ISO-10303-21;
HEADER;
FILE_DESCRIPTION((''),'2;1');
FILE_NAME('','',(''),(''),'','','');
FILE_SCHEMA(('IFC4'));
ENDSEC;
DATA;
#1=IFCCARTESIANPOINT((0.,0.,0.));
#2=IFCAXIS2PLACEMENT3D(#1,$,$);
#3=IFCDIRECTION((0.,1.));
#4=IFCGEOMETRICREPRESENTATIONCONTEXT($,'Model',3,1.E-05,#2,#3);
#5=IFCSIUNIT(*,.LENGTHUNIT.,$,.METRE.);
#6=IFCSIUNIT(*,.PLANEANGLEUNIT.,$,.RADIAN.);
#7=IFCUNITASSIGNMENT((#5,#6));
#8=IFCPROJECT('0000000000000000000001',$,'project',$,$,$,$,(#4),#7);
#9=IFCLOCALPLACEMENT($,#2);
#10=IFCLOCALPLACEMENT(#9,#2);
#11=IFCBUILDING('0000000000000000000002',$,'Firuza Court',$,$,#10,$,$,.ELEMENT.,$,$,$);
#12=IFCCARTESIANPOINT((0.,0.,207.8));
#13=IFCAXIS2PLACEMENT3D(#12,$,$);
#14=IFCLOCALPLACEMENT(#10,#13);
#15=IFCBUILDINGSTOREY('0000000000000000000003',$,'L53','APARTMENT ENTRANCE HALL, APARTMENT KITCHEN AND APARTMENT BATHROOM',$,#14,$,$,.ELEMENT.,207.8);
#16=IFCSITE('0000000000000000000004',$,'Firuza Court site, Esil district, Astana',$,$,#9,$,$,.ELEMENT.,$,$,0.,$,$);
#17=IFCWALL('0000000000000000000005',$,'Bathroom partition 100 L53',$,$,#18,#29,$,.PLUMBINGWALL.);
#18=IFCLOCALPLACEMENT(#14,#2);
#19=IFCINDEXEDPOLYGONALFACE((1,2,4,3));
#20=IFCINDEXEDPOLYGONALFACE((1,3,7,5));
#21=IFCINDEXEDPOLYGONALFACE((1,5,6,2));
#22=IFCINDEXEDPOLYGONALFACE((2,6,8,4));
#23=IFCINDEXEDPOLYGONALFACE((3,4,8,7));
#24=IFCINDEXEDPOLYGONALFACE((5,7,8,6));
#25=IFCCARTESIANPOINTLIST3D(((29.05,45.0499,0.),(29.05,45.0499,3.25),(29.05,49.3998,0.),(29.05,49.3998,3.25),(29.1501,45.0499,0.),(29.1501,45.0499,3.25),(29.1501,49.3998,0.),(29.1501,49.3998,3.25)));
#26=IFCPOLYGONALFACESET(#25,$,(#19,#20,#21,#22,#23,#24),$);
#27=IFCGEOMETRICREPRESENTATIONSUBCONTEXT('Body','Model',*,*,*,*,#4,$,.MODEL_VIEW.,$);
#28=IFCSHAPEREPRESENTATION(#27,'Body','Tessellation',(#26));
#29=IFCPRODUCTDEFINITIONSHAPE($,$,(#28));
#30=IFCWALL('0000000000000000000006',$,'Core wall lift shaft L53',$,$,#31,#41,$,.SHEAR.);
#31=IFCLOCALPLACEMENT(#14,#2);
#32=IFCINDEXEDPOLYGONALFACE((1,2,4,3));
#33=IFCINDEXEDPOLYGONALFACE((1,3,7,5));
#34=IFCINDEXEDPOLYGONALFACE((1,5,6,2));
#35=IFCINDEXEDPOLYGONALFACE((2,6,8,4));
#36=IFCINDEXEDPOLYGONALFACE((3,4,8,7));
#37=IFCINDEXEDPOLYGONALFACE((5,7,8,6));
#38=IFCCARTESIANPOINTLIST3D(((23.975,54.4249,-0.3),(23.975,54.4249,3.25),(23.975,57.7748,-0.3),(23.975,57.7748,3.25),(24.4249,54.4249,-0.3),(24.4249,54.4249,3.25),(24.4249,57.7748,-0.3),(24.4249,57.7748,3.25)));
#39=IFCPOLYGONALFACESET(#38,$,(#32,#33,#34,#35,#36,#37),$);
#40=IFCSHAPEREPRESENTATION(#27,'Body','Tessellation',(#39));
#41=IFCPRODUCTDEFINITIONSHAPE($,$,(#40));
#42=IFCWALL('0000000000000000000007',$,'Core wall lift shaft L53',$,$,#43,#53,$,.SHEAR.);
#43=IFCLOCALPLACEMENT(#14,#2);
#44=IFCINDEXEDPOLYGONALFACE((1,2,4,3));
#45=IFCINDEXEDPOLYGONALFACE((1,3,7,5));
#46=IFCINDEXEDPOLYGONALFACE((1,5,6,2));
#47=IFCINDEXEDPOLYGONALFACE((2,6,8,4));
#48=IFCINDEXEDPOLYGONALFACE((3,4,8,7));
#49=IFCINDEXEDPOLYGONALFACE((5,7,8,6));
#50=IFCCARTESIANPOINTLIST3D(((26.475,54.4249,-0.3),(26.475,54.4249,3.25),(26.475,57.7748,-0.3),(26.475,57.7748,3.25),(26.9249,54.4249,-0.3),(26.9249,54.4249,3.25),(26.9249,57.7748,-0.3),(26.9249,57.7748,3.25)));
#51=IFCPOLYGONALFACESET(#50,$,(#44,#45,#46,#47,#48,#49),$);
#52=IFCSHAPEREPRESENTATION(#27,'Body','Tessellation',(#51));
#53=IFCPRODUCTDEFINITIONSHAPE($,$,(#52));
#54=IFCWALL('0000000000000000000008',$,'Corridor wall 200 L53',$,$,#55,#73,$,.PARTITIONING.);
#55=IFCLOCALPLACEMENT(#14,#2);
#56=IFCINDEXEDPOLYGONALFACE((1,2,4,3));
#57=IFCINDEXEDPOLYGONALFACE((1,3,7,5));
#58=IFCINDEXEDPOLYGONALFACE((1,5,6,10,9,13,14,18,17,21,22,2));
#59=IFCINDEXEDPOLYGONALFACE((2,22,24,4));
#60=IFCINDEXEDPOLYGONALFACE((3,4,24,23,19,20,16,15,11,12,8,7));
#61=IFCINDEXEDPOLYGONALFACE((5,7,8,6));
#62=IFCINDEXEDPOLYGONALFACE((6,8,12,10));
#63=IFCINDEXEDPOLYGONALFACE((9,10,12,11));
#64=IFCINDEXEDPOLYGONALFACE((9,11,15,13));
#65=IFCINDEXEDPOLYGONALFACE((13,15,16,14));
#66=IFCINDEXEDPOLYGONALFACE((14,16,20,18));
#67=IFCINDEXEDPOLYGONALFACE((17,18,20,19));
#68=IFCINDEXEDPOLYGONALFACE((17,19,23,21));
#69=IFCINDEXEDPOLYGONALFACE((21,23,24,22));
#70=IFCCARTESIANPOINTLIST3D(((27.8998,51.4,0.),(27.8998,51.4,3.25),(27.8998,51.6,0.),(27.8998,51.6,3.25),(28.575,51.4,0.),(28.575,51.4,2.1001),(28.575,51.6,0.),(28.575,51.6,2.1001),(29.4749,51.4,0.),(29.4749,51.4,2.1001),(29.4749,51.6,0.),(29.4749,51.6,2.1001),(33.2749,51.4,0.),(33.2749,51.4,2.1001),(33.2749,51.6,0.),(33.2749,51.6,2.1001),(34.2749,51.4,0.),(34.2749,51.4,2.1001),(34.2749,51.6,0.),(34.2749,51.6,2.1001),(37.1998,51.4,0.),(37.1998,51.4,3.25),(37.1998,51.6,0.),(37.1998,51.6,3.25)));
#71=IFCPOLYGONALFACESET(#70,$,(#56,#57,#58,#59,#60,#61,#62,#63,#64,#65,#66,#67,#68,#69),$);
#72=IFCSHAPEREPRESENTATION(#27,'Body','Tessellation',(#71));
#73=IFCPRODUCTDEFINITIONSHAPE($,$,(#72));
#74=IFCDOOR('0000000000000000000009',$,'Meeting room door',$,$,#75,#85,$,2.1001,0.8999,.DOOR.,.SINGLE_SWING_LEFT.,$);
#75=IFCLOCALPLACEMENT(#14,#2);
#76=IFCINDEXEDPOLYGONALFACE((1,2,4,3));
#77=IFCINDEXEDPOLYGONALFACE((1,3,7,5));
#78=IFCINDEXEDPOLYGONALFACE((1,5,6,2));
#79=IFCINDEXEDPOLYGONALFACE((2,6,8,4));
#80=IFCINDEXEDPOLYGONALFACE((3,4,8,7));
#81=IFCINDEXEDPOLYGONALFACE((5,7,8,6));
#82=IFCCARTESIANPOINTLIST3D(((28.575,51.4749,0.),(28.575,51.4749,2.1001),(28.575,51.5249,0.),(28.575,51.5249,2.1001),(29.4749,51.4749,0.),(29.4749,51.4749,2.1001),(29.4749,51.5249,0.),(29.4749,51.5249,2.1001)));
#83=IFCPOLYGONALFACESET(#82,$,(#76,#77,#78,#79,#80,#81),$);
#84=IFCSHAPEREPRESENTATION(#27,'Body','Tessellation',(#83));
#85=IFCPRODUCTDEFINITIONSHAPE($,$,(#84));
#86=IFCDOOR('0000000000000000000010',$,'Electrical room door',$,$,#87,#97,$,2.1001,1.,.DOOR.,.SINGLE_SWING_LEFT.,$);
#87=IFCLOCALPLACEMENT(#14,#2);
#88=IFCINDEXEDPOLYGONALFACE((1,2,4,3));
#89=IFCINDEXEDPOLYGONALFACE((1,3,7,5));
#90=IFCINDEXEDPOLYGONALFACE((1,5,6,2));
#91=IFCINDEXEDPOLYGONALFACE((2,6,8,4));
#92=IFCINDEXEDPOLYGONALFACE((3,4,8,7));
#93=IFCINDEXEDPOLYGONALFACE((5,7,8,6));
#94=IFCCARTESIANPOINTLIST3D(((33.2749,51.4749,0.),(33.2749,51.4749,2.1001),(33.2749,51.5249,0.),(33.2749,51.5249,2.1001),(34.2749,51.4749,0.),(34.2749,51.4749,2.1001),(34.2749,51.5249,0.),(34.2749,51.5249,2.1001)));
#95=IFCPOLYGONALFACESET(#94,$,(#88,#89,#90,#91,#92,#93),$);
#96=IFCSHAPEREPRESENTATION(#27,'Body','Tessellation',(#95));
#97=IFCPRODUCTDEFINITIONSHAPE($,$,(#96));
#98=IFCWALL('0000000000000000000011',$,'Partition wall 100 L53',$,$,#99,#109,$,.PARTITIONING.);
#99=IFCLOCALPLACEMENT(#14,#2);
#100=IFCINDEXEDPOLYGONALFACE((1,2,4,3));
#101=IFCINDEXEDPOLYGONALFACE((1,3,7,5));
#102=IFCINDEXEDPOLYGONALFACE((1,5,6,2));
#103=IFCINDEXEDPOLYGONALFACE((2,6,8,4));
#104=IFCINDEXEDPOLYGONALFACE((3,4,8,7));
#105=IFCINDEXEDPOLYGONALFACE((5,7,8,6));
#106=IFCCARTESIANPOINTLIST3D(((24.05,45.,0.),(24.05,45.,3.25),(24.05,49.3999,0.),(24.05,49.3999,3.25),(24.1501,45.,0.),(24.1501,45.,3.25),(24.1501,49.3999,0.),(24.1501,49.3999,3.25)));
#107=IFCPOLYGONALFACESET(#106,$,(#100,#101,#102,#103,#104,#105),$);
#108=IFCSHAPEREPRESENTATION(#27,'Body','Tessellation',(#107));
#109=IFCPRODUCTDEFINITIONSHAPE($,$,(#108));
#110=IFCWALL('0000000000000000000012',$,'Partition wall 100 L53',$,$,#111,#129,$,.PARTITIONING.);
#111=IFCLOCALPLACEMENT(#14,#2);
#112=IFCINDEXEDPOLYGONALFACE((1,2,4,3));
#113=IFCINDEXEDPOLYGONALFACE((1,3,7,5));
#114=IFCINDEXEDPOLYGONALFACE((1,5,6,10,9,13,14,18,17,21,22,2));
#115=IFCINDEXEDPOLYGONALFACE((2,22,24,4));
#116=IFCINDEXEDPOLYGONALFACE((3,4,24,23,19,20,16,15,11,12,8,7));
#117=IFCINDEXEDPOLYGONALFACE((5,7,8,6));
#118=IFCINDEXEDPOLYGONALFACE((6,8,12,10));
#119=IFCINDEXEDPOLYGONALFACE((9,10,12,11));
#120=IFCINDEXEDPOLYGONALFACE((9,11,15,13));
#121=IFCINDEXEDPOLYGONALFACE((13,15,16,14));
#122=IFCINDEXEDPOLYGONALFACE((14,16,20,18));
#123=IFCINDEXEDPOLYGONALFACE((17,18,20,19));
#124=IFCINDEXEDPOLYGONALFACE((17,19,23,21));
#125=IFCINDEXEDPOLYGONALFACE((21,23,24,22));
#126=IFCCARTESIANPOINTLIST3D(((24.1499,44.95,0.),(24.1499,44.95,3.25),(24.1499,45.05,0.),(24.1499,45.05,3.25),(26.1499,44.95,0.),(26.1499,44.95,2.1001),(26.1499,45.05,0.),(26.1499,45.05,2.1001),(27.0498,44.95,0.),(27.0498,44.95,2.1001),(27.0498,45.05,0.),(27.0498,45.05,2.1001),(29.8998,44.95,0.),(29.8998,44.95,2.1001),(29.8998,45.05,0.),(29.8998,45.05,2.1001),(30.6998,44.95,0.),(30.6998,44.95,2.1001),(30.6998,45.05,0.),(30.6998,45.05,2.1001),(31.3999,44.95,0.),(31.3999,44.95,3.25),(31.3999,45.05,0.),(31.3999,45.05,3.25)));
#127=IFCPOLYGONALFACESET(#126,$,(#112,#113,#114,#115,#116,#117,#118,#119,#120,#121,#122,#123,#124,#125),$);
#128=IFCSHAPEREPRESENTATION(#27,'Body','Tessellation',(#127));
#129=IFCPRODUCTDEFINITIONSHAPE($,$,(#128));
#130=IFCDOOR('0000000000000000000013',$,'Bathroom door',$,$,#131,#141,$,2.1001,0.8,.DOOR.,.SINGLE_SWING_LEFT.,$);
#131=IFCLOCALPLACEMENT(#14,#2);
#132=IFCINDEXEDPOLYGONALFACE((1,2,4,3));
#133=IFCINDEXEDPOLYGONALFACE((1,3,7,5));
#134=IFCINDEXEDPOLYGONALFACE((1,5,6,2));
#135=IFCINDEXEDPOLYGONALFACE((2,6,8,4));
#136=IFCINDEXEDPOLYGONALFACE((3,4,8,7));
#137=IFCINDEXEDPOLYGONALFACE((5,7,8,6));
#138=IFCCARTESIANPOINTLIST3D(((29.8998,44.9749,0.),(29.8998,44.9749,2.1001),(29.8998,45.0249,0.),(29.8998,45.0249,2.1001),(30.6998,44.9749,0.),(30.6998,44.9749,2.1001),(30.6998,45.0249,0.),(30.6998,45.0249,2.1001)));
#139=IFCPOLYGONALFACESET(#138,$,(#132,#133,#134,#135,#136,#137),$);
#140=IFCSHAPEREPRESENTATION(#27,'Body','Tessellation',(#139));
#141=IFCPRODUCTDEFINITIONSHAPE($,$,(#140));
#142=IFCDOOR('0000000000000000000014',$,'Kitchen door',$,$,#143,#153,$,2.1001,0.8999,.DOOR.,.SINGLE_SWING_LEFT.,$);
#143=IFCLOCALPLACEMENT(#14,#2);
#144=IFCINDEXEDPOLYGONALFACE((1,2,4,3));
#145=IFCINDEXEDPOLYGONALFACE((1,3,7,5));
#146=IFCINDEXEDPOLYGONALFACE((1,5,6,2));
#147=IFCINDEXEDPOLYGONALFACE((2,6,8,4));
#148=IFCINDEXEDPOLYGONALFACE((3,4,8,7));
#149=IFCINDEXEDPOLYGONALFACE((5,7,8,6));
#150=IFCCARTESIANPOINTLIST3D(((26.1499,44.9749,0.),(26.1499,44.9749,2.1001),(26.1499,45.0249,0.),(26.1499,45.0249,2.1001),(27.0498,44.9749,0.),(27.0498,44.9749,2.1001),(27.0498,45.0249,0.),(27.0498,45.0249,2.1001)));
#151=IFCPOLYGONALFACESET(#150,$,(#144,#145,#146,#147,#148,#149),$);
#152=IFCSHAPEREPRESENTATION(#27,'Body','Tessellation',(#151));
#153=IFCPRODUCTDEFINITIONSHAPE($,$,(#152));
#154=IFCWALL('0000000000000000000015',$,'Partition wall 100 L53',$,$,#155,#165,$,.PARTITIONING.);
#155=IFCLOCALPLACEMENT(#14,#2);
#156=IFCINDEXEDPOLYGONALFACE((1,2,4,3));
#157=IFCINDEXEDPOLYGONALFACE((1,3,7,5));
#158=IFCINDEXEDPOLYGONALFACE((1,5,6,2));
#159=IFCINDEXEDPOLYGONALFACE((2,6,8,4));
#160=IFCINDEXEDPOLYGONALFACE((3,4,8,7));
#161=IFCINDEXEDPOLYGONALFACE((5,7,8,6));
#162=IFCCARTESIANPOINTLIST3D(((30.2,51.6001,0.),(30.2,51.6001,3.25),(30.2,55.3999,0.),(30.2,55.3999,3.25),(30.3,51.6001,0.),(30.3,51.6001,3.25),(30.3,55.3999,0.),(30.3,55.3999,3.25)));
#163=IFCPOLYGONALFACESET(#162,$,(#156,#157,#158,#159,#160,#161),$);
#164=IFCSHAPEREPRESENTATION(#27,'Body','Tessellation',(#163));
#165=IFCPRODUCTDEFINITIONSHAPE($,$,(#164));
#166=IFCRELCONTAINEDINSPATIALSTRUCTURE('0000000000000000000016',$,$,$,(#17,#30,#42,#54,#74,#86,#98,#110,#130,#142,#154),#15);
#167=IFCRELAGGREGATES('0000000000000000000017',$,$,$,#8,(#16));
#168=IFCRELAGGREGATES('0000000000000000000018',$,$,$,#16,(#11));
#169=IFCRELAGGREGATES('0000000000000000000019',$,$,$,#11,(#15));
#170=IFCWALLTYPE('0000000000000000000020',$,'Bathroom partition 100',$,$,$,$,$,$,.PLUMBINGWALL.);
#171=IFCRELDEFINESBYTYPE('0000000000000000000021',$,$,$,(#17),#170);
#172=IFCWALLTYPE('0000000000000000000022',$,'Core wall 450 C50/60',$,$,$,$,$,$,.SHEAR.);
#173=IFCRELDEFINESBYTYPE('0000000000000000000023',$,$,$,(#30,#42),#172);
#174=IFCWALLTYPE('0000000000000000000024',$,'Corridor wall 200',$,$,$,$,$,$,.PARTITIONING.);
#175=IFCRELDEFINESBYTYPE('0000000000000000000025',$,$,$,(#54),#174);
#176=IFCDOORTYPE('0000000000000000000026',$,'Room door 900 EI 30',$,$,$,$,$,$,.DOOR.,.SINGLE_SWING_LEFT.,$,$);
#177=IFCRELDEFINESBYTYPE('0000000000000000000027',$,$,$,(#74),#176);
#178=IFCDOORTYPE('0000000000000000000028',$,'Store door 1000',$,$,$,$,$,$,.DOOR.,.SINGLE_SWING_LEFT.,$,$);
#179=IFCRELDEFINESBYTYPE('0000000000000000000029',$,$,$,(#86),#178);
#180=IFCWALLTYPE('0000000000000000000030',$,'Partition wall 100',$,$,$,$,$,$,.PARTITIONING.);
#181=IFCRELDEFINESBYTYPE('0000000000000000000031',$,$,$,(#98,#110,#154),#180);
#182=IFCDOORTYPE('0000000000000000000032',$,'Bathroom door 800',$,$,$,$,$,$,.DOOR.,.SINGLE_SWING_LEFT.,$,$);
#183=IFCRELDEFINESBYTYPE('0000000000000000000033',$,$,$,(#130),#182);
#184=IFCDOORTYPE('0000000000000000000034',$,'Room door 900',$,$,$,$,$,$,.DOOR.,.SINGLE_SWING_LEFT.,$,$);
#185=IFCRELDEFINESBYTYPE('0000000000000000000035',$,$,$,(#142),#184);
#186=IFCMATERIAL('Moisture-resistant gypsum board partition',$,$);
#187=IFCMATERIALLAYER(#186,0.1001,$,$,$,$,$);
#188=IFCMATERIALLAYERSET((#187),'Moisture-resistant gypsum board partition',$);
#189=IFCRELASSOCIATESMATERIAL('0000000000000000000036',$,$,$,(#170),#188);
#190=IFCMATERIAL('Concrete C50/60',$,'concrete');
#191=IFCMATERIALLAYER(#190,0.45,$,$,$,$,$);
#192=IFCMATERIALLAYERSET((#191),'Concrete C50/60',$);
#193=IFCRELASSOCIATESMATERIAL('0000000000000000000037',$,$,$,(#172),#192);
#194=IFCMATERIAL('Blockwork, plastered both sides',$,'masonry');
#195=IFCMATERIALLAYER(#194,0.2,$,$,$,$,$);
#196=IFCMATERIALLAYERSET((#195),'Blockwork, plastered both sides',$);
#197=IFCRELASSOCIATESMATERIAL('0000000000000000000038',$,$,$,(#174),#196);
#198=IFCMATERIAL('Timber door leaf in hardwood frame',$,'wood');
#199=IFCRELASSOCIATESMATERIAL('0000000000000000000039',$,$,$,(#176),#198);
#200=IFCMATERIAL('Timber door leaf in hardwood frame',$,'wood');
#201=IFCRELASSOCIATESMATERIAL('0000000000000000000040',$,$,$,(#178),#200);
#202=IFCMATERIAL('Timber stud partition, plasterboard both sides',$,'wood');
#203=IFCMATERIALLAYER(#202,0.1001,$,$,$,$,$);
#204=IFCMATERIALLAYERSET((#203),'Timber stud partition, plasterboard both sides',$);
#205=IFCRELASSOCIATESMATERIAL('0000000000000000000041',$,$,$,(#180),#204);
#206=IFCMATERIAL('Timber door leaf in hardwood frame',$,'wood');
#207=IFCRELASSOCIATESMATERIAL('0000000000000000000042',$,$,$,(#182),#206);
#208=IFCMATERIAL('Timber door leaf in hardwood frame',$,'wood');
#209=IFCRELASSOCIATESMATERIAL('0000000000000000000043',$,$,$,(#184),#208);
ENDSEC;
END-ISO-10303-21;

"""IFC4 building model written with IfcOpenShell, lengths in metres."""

from ifc_helpers import new_model, si_unit, direction, frame, frame_2d, origin, place, context, subcontext, project, spatial, rectangle, extrude, material, layer, layer_set, type_object, element, fill, save


model = new_model("IFC4")

# Units and contexts
model_context = context("Model", 3, precision=1e-05, world=origin(), true_north=direction((0.0, 1.0)))
body_context = subcontext(model_context, "Body", "Model", "MODEL_VIEW")
ifc_project = project(units=[si_unit("LENGTHUNIT", "METRE"), si_unit("PLANEANGLEUNIT", "RADIAN")], contexts=[model_context])

# Site, building, storey
site_placement = place(None, origin())
site = spatial("IfcSite", under=ifc_project, at=site_placement, Name="Firuza Court site, Esil district, Astana", CompositionType="ELEMENT", RefElevation=0.0)
building_placement = place(site_placement, origin())
building = spatial("IfcBuilding", under=site, at=building_placement, Name="Firuza Court", CompositionType="ELEMENT")
storey_placement = place(building_placement, frame((0.0, 0.0, 207.8)))
storey = spatial("IfcBuildingStorey", under=building, at=storey_placement, Name="L53", Description="APARTMENT ENTRANCE HALL, APARTMENT KITCHEN AND APARTMENT BATHROOM", CompositionType="ELEMENT", Elevation=207.8)

# Walls
ifc_material_1 = material(Name="Moisture-resistant gypsum board partition")
ifc_layer_1 = layer(ifc_material_1, 0.1001)
ifc_layer_set_1 = layer_set([ifc_layer_1], Name="Moisture-resistant gypsum board partition")
wall_type_1 = type_object("IfcWallType", Name="Bathroom partition 100", PredefinedType="PLUMBINGWALL", material=ifc_layer_set_1)
wall_1_placement = place(storey_placement, frame((29.1001, 45.05, 0.0), z_axis=(0.0, 0.0, 1.0), x_axis=(0.0, 1.0, 0.0)))
element("IfcWall", 1, at=wall_1_placement, inside=storey, type_object=wall_type_1, Name="Bathroom partition 100 L53", PredefinedType="PLUMBINGWALL", context=body_context, shape_type="SweptSolid", body=[
    extrude(rectangle(XDim=4.3499, YDim=0.1001, at=frame_2d((2.1748, 0.0))), origin(), (0.0, 0.0, 1.0), 3.25),
])
ifc_material_2 = material(Name="Concrete C50/60", Category="concrete")
ifc_layer_2 = layer(ifc_material_2, 0.45)
ifc_layer_set_2 = layer_set([ifc_layer_2], Name="Concrete C50/60")
wall_type_2 = type_object("IfcWallType", Name="Core wall 450 C50/60", PredefinedType="SHEAR", material=ifc_layer_set_2)
for number, where, z_axis, x_axis, name in (
    (2, (24.2, 54.425, -0.3), (0.0, 0.0, 1.0), (0.0, 1.0, 0.0), "Core wall lift shaft L53"),
    (3, (26.7, 54.425, -0.3), (0.0, 0.0, 1.0), (0.0, 1.0, 0.0), "Core wall lift shaft L53"),
):
    element("IfcWall", number, at=place(storey_placement, frame(where, z_axis=z_axis, x_axis=x_axis)), inside=storey, type_object=wall_type_2, Name=name, PredefinedType="SHEAR", context=body_context, shape_type="SweptSolid", body=[
        extrude(rectangle(XDim=3.3499, YDim=0.45, at=frame_2d((1.6748, 0.0))), origin(), (0.0, 0.0, 1.0), 3.55),
    ])

# Wall, openings, doors
ifc_material_3 = material(Name="Blockwork, plastered both sides", Category="masonry")
ifc_layer_3 = layer(ifc_material_3, 0.2)
ifc_layer_set_3 = layer_set([ifc_layer_3], Name="Blockwork, plastered both sides")
wall_type_3 = type_object("IfcWallType", Name="Corridor wall 200", PredefinedType="PARTITIONING", material=ifc_layer_set_3)
wall_2_placement = place(storey_placement, frame((27.8999, 51.5, 0.0), z_axis=(0.0, 0.0, 1.0), x_axis=(1.0, 0.0, 0.0)))
wall_2 = element("IfcWall", 4, at=wall_2_placement, inside=storey, type_object=wall_type_3, Name="Corridor wall 200 L53", PredefinedType="PARTITIONING", context=body_context, shape_type="SweptSolid", body=[
    extrude(rectangle(XDim=9.3, YDim=0.2, at=frame_2d((4.6499, 0.0))), origin(), (0.0, 0.0, 1.0), 3.25),
])
opening_1_placement = place(wall_2_placement, frame((0.675, 0.0, 0.0)))
opening_1 = element("IfcOpeningElement", 5, at=opening_1_placement, cuts=wall_2, PredefinedType="OPENING", context=body_context, shape_type="SweptSolid", body=[
    extrude(rectangle(XDim=0.8999, YDim=2.1001, at=frame_2d((0.45, 1.05))), frame((0.0, 0.1118, 0.0), z_axis=(0.0, -1.0, 0.0), x_axis=(1.0, 0.0, 0.0)), (0.0, 0.0, 1.0), 0.2239),
])
opening_2_placement = place(wall_2_placement, frame((5.375, 0.0, 0.0)))
opening_2 = element("IfcOpeningElement", 6, at=opening_2_placement, cuts=wall_2, PredefinedType="OPENING", context=body_context, shape_type="SweptSolid", body=[
    extrude(rectangle(XDim=1.0, YDim=2.1001, at=frame_2d((0.5, 1.05))), frame((0.0, 0.1118, 0.0), z_axis=(0.0, -1.0, 0.0), x_axis=(1.0, 0.0, 0.0)), (0.0, 0.0, 1.0), 0.2239),
])
ifc_material_4 = material(Name="Timber door leaf in hardwood frame", Category="wood")
door_type_1 = type_object("IfcDoorType", Name="Room door 900 EI 30", OperationType="SINGLE_SWING_LEFT", PredefinedType="DOOR", material=ifc_material_4)
door_1_placement = place(opening_1_placement, origin())
door_1 = element("IfcDoor", 7, at=door_1_placement, inside=storey, type_object=door_type_1, Name="Meeting room door", OperationType="SINGLE_SWING_LEFT", OverallHeight=2.1001, OverallWidth=0.8999, PredefinedType="DOOR", context=body_context, shape_type="SweptSolid", body=[
    extrude(rectangle(XDim=0.8999, YDim=2.1001, at=frame_2d((0.45, 1.05))), frame((0.0, 0.0249, 0.0), z_axis=(0.0, -1.0, 0.0), x_axis=(1.0, 0.0, 0.0)), (0.0, 0.0, 1.0), 0.05),
])
fill(opening_1, door_1)
ifc_material_5 = material(Name="Timber door leaf in hardwood frame", Category="wood")
door_type_2 = type_object("IfcDoorType", Name="Store door 1000", OperationType="SINGLE_SWING_LEFT", PredefinedType="DOOR", material=ifc_material_5)
door_2_placement = place(opening_2_placement, origin())
door_2 = element("IfcDoor", 8, at=door_2_placement, inside=storey, type_object=door_type_2, Name="Electrical room door", OperationType="SINGLE_SWING_LEFT", OverallHeight=2.1001, OverallWidth=1.0, PredefinedType="DOOR", context=body_context, shape_type="SweptSolid", body=[
    extrude(rectangle(XDim=1.0, YDim=2.1001, at=frame_2d((0.5, 1.05))), frame((0.0, 0.0249, 0.0), z_axis=(0.0, -1.0, 0.0), x_axis=(1.0, 0.0, 0.0)), (0.0, 0.0, 1.0), 0.05),
])
fill(opening_2, door_2)

# Wall
ifc_material_6 = material(Name="Timber stud partition, plasterboard both sides", Category="wood")
ifc_layer_4 = layer(ifc_material_6, 0.1001)
ifc_layer_set_4 = layer_set([ifc_layer_4], Name="Timber stud partition, plasterboard both sides")
wall_type_4 = type_object("IfcWallType", Name="Partition wall 100", PredefinedType="PARTITIONING", material=ifc_layer_set_4)
wall_3_placement = place(storey_placement, frame((24.1001, 45.0, 0.0), z_axis=(0.0, 0.0, 1.0), x_axis=(0.0, 1.0, 0.0)))
element("IfcWall", 9, at=wall_3_placement, inside=storey, type_object=wall_type_4, Name="Partition wall 100 L53", PredefinedType="PARTITIONING", context=body_context, shape_type="SweptSolid", body=[
    extrude(rectangle(XDim=4.3999, YDim=0.1001, at=frame_2d((2.2, 0.0))), origin(), (0.0, 0.0, 1.0), 3.25),
])

# Wall, openings, doors
wall_4_placement = place(storey_placement, frame((24.1499, 45.0, 0.0), z_axis=(0.0, 0.0, 1.0), x_axis=(1.0, 0.0, 0.0)))
wall_4 = element("IfcWall", 10, at=wall_4_placement, inside=storey, type_object=wall_type_4, Name="Partition wall 100 L53", PredefinedType="PARTITIONING", context=body_context, shape_type="SweptSolid", body=[
    extrude(rectangle(XDim=7.25, YDim=0.1001, at=frame_2d((3.625, 0.0))), origin(), (0.0, 0.0, 1.0), 3.25),
])
opening_3_placement = place(wall_4_placement, frame((5.75, 0.0, 0.0)))
opening_3 = element("IfcOpeningElement", 11, at=opening_3_placement, cuts=wall_4, PredefinedType="OPENING", context=body_context, shape_type="SweptSolid", body=[
    extrude(rectangle(XDim=0.8, YDim=2.1001, at=frame_2d((0.3999, 1.05))), frame((0.0, 0.062, 0.0), z_axis=(0.0, -1.0, 0.0), x_axis=(1.0, 0.0, 0.0)), (0.0, 0.0, 1.0), 0.124),
])
opening_4_placement = place(wall_4_placement, frame((2.0, 0.0, 0.0)))
opening_4 = element("IfcOpeningElement", 12, at=opening_4_placement, cuts=wall_4, PredefinedType="OPENING", context=body_context, shape_type="SweptSolid", body=[
    extrude(rectangle(XDim=0.8999, YDim=2.1001, at=frame_2d((0.45, 1.05))), frame((0.0, 0.062, 0.0), z_axis=(0.0, -1.0, 0.0), x_axis=(1.0, 0.0, 0.0)), (0.0, 0.0, 1.0), 0.124),
])
ifc_material_7 = material(Name="Timber door leaf in hardwood frame", Category="wood")
door_type_3 = type_object("IfcDoorType", Name="Bathroom door 800", OperationType="SINGLE_SWING_LEFT", PredefinedType="DOOR", material=ifc_material_7)
door_3_placement = place(opening_3_placement, origin())
door_3 = element("IfcDoor", 13, at=door_3_placement, inside=storey, type_object=door_type_3, Name="Bathroom door", OperationType="SINGLE_SWING_LEFT", OverallHeight=2.1001, OverallWidth=0.8, PredefinedType="DOOR", context=body_context, shape_type="SweptSolid", body=[
    extrude(rectangle(XDim=0.8, YDim=2.1001, at=frame_2d((0.3999, 1.05))), frame((0.0, 0.0249, 0.0), z_axis=(0.0, -1.0, 0.0), x_axis=(1.0, 0.0, 0.0)), (0.0, 0.0, 1.0), 0.05),
])
fill(opening_3, door_3)
ifc_material_8 = material(Name="Timber door leaf in hardwood frame", Category="wood")
door_type_4 = type_object("IfcDoorType", Name="Room door 900", OperationType="SINGLE_SWING_LEFT", PredefinedType="DOOR", material=ifc_material_8)
door_4_placement = place(opening_4_placement, origin())
door_4 = element("IfcDoor", 14, at=door_4_placement, inside=storey, type_object=door_type_4, Name="Kitchen door", OperationType="SINGLE_SWING_LEFT", OverallHeight=2.1001, OverallWidth=0.8999, PredefinedType="DOOR", context=body_context, shape_type="SweptSolid", body=[
    extrude(rectangle(XDim=0.8999, YDim=2.1001, at=frame_2d((0.45, 1.05))), frame((0.0, 0.0249, 0.0), z_axis=(0.0, -1.0, 0.0), x_axis=(1.0, 0.0, 0.0)), (0.0, 0.0, 1.0), 0.05),
])
fill(opening_4, door_4)

# Wall
wall_5_placement = place(storey_placement, frame((30.25, 51.6001, 0.0), z_axis=(0.0, 0.0, 1.0), x_axis=(0.0, 1.0, 0.0)))
element("IfcWall", 15, at=wall_5_placement, inside=storey, type_object=wall_type_4, Name="Partition wall 100 L53", PredefinedType="PARTITIONING", context=body_context, shape_type="SweptSolid", body=[
    extrude(rectangle(XDim=3.7998, YDim=0.1001, at=frame_2d((1.8999, 0.0))), origin(), (0.0, 0.0, 1.0), 3.25),
])

save(model, "model.ifc")
